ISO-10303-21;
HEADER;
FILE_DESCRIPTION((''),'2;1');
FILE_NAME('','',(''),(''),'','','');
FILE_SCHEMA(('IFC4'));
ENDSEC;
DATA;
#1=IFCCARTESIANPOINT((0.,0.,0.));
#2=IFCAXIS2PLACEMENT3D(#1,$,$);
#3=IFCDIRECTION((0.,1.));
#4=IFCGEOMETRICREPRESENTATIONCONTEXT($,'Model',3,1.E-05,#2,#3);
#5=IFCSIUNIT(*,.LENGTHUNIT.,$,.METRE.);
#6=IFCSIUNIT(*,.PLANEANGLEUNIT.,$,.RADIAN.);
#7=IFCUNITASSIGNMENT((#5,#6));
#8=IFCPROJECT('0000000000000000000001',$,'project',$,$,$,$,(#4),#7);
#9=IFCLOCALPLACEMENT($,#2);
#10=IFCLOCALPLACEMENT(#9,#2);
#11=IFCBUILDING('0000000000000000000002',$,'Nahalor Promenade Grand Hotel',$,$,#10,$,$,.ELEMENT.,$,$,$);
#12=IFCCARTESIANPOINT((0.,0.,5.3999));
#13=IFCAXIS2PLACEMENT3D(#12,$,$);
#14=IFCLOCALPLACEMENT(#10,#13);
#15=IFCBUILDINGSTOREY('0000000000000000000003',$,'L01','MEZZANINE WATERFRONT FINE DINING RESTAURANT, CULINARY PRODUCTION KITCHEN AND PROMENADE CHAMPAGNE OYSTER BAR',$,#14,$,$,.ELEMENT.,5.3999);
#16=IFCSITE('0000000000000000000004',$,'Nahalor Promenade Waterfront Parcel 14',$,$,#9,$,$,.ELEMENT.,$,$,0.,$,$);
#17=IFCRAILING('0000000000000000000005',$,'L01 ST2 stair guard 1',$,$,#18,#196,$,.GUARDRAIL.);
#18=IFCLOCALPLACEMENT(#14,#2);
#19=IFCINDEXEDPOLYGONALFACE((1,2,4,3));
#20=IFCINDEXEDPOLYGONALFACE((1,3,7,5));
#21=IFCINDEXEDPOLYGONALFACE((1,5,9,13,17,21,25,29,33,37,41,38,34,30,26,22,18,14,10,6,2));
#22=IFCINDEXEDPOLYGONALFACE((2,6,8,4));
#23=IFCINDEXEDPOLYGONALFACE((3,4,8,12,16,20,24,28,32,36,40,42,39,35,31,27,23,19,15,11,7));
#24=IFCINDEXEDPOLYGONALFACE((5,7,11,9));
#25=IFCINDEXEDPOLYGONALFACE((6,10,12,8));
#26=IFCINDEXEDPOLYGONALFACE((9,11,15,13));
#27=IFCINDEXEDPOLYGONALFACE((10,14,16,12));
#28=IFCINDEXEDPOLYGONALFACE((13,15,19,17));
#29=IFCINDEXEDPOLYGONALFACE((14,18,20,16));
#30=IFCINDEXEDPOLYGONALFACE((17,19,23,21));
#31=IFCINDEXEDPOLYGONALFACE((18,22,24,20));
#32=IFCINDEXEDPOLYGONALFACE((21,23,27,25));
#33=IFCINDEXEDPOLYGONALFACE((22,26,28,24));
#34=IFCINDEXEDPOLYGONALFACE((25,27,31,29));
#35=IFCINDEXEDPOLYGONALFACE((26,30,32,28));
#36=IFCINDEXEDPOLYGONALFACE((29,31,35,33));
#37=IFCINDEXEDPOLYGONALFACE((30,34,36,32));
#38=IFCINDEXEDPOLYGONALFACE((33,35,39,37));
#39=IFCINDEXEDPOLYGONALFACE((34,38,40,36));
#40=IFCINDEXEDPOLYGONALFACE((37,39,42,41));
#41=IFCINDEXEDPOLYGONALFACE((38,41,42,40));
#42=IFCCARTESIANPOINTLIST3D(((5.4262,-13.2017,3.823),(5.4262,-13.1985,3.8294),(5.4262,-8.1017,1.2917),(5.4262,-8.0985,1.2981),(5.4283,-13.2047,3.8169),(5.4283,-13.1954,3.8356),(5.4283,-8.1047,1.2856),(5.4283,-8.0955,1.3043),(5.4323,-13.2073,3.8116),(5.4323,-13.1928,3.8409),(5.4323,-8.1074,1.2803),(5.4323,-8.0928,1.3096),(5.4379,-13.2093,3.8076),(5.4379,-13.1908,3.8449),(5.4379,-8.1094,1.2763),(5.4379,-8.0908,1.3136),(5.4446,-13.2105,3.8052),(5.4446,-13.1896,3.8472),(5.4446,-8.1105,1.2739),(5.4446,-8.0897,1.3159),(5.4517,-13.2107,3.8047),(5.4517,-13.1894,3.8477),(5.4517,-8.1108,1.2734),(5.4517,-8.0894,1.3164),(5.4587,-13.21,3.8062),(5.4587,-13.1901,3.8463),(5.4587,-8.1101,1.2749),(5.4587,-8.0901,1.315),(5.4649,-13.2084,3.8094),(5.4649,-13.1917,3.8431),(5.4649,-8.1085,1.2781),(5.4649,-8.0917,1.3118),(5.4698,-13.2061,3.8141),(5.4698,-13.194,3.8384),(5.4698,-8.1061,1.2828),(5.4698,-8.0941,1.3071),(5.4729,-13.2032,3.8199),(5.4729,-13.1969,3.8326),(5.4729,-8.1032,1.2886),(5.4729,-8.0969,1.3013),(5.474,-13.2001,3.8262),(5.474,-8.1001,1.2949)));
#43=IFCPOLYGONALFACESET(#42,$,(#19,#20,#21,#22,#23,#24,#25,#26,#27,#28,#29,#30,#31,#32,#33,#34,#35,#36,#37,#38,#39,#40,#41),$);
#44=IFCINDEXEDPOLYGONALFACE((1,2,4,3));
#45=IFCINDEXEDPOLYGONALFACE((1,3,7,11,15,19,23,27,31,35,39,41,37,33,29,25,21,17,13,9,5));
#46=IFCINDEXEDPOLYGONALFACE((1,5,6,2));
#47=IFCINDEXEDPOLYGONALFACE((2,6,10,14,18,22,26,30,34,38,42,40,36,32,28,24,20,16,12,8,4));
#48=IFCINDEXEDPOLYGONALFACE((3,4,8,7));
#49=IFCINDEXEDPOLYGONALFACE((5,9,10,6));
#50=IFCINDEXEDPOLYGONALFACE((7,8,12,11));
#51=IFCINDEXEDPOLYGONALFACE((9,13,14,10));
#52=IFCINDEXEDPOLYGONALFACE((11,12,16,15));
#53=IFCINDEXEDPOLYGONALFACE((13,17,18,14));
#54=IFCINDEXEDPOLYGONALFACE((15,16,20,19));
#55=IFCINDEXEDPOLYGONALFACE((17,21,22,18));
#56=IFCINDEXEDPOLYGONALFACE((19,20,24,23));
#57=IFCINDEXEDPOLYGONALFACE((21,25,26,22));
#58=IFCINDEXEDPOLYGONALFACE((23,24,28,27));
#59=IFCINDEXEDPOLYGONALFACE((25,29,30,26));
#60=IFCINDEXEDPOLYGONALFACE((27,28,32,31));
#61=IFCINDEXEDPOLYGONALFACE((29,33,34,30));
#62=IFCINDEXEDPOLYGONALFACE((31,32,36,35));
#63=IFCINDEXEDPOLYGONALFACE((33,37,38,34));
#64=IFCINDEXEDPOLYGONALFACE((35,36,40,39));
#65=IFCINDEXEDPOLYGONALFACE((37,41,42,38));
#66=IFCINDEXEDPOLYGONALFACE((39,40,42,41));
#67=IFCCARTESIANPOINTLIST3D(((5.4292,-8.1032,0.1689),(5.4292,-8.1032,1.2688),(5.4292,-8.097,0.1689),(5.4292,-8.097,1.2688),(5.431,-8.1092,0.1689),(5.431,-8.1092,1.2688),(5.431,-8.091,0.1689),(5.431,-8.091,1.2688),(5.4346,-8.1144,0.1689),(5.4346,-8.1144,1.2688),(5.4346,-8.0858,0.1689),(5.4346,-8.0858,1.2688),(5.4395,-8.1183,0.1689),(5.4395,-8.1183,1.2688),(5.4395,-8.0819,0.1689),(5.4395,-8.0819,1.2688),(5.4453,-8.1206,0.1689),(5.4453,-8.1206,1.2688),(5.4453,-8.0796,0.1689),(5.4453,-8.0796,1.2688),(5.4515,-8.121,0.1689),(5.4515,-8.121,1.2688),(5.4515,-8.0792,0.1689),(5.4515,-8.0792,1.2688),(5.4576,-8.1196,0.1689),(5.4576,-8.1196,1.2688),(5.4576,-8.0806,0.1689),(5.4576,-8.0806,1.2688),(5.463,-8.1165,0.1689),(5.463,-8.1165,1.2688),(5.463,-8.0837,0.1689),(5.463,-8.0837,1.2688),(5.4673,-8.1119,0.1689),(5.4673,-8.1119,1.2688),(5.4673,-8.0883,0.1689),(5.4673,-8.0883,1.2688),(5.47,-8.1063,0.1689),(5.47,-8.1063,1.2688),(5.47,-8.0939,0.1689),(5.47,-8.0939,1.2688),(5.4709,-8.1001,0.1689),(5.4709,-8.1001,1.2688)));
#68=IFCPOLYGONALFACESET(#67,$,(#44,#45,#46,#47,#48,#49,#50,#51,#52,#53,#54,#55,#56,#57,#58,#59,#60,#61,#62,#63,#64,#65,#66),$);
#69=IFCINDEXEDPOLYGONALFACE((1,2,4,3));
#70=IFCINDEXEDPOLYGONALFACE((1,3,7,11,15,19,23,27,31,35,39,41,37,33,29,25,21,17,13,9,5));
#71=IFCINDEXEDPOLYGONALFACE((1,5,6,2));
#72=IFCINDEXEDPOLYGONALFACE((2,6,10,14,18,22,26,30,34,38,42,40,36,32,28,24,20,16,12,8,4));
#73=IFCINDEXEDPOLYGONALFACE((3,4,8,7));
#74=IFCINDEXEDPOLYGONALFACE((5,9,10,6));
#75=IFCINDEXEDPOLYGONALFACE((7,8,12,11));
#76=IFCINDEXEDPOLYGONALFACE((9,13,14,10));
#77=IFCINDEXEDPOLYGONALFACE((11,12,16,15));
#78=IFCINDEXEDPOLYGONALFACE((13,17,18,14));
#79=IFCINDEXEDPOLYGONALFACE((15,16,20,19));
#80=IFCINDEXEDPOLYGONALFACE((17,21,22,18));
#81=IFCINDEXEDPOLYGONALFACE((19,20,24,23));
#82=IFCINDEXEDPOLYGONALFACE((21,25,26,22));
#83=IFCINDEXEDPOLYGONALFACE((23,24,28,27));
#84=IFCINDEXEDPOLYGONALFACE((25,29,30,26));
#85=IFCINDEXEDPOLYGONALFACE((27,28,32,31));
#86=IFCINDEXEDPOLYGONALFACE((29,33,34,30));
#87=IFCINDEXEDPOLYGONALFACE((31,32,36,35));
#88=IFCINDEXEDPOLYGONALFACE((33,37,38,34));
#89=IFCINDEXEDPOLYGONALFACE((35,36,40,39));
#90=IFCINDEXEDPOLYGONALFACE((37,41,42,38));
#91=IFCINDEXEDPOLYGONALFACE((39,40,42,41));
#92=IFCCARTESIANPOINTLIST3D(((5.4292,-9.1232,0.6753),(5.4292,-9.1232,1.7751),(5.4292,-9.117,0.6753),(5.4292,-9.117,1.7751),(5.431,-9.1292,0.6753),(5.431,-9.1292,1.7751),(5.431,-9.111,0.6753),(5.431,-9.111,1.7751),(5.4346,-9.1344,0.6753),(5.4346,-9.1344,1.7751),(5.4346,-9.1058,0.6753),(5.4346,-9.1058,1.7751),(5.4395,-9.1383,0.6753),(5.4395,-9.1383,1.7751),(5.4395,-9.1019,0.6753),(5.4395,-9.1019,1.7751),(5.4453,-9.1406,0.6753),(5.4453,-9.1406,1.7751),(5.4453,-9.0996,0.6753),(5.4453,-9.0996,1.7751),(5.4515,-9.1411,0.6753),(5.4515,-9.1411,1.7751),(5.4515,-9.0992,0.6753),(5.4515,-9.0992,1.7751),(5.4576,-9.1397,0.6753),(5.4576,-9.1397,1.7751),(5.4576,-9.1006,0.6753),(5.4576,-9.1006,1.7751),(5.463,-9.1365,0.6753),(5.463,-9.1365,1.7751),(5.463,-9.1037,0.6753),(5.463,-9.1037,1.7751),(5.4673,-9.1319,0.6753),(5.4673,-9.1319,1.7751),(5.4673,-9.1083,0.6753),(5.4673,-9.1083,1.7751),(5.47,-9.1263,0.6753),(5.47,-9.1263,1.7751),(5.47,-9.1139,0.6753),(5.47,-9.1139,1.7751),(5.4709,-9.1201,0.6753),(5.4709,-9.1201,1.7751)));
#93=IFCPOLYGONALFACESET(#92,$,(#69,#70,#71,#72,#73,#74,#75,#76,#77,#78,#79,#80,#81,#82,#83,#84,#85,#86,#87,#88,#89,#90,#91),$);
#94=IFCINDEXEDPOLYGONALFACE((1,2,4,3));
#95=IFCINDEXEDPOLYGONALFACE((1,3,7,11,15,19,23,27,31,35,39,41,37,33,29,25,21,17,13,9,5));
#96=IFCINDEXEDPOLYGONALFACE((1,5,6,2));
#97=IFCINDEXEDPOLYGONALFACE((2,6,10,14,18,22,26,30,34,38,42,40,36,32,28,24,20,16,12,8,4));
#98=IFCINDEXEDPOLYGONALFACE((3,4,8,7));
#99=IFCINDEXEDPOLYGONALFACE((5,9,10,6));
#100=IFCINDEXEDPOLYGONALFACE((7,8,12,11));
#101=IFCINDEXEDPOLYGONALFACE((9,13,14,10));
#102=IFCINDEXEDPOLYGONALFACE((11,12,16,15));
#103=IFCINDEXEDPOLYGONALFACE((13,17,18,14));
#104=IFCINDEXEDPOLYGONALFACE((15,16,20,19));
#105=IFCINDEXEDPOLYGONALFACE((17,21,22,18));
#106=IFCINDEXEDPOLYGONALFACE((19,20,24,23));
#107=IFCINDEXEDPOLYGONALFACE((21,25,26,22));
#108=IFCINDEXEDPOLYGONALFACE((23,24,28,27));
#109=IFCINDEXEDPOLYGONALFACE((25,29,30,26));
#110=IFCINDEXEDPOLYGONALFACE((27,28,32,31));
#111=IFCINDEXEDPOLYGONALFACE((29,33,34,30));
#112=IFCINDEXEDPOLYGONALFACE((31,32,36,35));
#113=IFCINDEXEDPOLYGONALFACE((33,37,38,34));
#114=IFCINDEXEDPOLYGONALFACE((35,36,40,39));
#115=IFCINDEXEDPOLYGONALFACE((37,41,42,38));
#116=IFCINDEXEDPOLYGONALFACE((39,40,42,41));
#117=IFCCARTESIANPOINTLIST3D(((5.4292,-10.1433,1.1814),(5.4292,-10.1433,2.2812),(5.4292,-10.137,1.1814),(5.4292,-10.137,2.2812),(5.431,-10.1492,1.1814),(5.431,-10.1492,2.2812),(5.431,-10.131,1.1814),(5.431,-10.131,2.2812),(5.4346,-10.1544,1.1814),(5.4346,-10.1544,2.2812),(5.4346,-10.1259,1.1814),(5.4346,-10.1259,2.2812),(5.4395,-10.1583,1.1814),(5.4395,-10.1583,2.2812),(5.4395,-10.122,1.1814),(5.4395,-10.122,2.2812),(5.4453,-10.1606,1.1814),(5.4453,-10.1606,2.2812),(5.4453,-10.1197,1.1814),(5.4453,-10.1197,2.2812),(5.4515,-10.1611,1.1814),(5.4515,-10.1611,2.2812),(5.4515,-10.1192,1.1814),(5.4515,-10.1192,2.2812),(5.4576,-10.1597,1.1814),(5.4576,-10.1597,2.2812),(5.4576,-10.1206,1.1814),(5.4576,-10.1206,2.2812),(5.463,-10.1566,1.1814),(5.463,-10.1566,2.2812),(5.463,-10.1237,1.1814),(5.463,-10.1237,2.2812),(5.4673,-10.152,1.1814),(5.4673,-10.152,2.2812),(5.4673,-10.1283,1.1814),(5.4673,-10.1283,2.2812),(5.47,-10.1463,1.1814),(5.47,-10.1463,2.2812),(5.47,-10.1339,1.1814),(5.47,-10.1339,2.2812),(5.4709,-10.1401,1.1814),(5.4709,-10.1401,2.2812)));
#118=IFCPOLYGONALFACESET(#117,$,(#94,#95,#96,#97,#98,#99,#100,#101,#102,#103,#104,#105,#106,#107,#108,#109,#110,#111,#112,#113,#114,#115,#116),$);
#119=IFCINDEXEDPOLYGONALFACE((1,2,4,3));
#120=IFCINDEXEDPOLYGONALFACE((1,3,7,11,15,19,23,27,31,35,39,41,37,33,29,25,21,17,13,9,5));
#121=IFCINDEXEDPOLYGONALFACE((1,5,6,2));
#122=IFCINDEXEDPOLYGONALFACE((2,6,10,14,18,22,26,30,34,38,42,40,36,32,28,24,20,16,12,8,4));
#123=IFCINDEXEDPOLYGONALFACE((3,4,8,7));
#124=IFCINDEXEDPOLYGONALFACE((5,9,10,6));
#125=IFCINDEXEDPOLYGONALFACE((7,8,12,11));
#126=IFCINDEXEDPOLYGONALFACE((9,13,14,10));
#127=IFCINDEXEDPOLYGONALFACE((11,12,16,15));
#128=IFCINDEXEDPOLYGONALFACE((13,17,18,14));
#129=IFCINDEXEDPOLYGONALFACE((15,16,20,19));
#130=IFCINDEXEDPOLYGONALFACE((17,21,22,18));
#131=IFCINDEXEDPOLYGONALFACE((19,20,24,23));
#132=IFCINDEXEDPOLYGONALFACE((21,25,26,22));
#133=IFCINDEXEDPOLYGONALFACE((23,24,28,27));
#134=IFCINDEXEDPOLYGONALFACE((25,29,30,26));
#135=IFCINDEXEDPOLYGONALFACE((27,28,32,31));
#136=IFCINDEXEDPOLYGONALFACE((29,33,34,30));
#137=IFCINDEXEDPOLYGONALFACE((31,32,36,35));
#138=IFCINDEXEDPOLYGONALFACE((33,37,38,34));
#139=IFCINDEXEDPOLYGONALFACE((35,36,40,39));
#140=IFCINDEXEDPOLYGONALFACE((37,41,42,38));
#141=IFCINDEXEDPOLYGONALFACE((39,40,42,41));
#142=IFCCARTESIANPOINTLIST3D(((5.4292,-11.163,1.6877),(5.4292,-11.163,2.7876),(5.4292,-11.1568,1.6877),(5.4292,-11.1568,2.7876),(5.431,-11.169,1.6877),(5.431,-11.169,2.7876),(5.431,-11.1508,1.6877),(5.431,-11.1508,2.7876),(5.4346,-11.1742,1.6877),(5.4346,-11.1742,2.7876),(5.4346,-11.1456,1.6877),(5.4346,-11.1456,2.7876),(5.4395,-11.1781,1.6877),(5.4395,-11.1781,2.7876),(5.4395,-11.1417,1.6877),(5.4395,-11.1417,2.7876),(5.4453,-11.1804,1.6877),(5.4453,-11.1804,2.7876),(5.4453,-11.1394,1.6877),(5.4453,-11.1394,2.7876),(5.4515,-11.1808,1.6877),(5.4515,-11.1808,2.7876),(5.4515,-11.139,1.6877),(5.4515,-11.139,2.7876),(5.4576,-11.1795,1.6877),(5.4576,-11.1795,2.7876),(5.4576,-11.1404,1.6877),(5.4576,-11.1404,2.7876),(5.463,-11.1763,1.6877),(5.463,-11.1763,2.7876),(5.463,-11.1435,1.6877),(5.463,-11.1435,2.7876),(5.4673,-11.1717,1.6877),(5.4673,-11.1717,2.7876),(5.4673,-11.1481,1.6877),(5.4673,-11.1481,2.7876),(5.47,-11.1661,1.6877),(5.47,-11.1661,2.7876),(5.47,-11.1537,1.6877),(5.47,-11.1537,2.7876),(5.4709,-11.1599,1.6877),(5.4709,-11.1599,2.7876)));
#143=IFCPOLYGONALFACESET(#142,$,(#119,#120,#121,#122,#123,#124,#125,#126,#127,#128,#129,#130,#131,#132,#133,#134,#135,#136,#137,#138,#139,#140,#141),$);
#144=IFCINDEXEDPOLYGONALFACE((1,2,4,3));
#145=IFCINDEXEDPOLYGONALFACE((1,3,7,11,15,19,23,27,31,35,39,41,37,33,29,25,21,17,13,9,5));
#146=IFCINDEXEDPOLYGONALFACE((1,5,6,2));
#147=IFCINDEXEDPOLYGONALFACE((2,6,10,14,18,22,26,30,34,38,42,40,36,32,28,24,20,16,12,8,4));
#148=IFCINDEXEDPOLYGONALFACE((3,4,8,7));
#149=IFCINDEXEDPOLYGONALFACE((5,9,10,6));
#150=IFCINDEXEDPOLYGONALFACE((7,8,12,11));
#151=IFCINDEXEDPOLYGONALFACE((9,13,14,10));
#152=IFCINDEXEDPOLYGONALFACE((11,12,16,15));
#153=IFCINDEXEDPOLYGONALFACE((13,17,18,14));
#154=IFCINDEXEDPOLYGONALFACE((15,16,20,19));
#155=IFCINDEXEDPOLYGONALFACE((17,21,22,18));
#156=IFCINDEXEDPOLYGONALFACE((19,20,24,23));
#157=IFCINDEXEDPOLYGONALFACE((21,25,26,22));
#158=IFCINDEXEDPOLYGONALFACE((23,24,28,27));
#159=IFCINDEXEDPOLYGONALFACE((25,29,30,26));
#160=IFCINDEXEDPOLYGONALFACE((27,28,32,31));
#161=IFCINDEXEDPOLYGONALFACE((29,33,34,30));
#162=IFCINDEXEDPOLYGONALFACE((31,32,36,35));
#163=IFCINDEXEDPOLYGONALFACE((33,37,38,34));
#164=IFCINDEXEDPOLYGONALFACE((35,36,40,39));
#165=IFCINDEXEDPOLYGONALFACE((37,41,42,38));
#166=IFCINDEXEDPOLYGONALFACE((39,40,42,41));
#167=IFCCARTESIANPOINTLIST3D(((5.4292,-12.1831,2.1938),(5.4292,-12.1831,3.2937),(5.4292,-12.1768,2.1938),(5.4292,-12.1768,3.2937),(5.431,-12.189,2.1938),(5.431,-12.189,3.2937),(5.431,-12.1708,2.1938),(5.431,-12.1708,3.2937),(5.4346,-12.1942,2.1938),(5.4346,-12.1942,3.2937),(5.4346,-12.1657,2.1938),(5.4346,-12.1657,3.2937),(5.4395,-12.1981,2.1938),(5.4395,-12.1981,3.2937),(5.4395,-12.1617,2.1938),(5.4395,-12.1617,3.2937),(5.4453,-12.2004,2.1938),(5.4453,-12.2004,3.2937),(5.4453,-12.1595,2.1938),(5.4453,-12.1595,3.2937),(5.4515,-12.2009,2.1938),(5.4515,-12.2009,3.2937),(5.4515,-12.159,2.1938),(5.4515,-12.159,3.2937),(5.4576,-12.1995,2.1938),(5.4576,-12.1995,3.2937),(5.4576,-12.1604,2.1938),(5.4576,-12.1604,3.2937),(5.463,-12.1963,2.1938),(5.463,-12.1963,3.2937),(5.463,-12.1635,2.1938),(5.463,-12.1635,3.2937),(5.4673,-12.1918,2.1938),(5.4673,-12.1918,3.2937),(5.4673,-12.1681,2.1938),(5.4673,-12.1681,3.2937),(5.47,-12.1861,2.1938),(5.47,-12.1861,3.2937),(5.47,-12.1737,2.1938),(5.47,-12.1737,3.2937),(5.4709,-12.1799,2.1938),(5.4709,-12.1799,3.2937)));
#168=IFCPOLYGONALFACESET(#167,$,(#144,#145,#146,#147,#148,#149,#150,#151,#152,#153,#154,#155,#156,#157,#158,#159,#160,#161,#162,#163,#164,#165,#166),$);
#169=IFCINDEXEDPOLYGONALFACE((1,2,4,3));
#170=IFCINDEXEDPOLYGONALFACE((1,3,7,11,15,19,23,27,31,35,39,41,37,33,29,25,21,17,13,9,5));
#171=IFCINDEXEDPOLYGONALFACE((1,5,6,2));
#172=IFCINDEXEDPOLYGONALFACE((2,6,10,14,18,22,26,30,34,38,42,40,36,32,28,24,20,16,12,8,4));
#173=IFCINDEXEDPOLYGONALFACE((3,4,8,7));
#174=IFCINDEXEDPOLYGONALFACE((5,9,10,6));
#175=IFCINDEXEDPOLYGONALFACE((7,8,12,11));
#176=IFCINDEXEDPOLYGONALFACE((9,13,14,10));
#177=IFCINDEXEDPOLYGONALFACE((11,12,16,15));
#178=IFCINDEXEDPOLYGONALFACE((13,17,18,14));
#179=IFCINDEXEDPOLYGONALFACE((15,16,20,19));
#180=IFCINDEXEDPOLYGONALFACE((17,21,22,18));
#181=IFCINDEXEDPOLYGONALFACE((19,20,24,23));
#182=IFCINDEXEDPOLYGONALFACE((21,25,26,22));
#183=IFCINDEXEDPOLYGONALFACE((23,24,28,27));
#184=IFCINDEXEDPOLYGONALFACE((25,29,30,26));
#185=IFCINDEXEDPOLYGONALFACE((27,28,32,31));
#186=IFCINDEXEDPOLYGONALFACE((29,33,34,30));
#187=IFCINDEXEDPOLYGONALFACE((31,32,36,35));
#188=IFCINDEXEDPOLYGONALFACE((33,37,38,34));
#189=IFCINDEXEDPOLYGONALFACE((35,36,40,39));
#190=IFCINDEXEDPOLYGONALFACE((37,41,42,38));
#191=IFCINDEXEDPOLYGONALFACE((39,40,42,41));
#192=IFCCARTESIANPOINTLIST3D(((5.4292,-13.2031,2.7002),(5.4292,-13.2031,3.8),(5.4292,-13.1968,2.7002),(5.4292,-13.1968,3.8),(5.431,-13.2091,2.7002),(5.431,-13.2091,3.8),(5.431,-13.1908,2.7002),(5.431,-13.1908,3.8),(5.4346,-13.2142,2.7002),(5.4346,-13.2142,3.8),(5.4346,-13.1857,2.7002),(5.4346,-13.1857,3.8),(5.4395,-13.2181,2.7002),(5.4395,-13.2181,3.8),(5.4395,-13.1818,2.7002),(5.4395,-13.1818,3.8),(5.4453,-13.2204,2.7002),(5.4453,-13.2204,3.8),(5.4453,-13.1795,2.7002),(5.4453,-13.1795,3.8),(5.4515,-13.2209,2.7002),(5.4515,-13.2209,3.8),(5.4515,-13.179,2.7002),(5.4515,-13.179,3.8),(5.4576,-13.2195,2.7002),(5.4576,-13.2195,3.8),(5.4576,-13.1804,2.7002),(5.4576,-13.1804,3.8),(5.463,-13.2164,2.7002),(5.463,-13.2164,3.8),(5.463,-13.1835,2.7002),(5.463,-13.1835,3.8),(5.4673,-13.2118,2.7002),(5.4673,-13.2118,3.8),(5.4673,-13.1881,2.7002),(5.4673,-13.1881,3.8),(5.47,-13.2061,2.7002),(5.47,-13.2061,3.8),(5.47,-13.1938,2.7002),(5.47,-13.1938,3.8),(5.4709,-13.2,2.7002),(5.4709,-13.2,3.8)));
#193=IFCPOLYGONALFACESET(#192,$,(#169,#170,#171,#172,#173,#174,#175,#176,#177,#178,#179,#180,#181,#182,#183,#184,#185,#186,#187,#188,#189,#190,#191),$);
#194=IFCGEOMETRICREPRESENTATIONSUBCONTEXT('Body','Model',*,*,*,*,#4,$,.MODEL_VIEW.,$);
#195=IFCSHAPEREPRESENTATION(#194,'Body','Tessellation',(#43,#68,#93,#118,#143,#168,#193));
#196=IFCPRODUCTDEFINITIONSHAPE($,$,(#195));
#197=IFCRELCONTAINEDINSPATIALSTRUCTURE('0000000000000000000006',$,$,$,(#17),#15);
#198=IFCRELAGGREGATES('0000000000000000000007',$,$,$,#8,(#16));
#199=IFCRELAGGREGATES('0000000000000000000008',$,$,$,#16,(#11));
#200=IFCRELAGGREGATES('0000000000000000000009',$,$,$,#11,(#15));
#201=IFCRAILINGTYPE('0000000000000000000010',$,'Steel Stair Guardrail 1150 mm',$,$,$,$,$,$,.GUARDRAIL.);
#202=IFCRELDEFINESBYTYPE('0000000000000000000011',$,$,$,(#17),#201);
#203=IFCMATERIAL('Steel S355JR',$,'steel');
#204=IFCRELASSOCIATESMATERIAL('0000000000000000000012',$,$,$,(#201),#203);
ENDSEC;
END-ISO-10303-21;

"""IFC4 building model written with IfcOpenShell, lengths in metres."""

from ifc_helpers import new_model, si_unit, direction, frame, origin, origin_2d, place, context, subcontext, project, spatial, circle, extrude, material, type_object, element, save


model = new_model("IFC4")

# Units and contexts
model_context = context("Model", 3, precision=1e-05, world=origin(), true_north=direction((0.0, 1.0)))
body_context = subcontext(model_context, "Body", "Model", "MODEL_VIEW")
ifc_project = project(units=[si_unit("LENGTHUNIT", "METRE"), si_unit("PLANEANGLEUNIT", "RADIAN")], contexts=[model_context])

# Site, building, storey
site_placement = place(None, origin())
site = spatial("IfcSite", under=ifc_project, at=site_placement, Name="Nahalor Promenade Waterfront Parcel 14", CompositionType="ELEMENT", RefElevation=0.0)
building_placement = place(site_placement, origin())
building = spatial("IfcBuilding", under=site, at=building_placement, Name="Nahalor Promenade Grand Hotel", CompositionType="ELEMENT")
storey_placement = place(building_placement, frame((0.0, 0.0, 5.3999)))
storey = spatial("IfcBuildingStorey", under=building, at=storey_placement, Name="L01", Description="MEZZANINE WATERFRONT FINE DINING RESTAURANT, CULINARY PRODUCTION KITCHEN AND PROMENADE CHAMPAGNE OYSTER BAR", CompositionType="ELEMENT", Elevation=5.3999)

# Shared definitions
ifc_material_1 = material(Name="Steel S355JR", Category="steel")

# Railing
railing_type_1 = type_object("IfcRailingType", Name="Steel Stair Guardrail 1150 mm", PredefinedType="GUARDRAIL", material=ifc_material_1)
railing_1_placement = place(storey_placement, frame((5.45, -8.1001, 0.1689)))
element("IfcRailing", 1, at=railing_1_placement, inside=storey, type_object=railing_type_1, Name="L01 ST2 stair guard 1", PredefinedType="GUARDRAIL", context=body_context, shape_type="SweptSolid", body=[
    extrude(circle(Radius=0.024, at=origin_2d()), frame((0.0, 0.0, 1.126), z_axis=(0.0, -0.895735, 0.444587), x_axis=(1.0, 0.0, 0.0)), (0.0, 0.0, 1.0), 5.6936),
    extrude(circle(Radius=0.021, at=origin_2d()), origin(), (0.0, 0.0, 1.0), 1.0999),
    extrude(circle(Radius=0.021, at=origin_2d()), frame((0.0, -1.02, 0.5063)), (0.0, 0.0, 1.0), 1.0999),
    extrude(circle(Radius=0.021, at=origin_2d()), frame((0.0, -2.04, 1.0125)), (0.0, 0.0, 1.0), 1.0999),
    extrude(circle(Radius=0.021, at=origin_2d()), frame((0.0, -3.0598, 1.5188)), (0.0, 0.0, 1.0), 1.0999),
    extrude(circle(Radius=0.021, at=origin_2d()), frame((0.0, -4.0798, 2.0249)), (0.0, 0.0, 1.0), 1.0999),
    extrude(circle(Radius=0.021, at=origin_2d()), frame((0.0, -5.0999, 2.5312)), (0.0, 0.0, 1.0), 1.0999),
])

save(model, "model.ifc")
